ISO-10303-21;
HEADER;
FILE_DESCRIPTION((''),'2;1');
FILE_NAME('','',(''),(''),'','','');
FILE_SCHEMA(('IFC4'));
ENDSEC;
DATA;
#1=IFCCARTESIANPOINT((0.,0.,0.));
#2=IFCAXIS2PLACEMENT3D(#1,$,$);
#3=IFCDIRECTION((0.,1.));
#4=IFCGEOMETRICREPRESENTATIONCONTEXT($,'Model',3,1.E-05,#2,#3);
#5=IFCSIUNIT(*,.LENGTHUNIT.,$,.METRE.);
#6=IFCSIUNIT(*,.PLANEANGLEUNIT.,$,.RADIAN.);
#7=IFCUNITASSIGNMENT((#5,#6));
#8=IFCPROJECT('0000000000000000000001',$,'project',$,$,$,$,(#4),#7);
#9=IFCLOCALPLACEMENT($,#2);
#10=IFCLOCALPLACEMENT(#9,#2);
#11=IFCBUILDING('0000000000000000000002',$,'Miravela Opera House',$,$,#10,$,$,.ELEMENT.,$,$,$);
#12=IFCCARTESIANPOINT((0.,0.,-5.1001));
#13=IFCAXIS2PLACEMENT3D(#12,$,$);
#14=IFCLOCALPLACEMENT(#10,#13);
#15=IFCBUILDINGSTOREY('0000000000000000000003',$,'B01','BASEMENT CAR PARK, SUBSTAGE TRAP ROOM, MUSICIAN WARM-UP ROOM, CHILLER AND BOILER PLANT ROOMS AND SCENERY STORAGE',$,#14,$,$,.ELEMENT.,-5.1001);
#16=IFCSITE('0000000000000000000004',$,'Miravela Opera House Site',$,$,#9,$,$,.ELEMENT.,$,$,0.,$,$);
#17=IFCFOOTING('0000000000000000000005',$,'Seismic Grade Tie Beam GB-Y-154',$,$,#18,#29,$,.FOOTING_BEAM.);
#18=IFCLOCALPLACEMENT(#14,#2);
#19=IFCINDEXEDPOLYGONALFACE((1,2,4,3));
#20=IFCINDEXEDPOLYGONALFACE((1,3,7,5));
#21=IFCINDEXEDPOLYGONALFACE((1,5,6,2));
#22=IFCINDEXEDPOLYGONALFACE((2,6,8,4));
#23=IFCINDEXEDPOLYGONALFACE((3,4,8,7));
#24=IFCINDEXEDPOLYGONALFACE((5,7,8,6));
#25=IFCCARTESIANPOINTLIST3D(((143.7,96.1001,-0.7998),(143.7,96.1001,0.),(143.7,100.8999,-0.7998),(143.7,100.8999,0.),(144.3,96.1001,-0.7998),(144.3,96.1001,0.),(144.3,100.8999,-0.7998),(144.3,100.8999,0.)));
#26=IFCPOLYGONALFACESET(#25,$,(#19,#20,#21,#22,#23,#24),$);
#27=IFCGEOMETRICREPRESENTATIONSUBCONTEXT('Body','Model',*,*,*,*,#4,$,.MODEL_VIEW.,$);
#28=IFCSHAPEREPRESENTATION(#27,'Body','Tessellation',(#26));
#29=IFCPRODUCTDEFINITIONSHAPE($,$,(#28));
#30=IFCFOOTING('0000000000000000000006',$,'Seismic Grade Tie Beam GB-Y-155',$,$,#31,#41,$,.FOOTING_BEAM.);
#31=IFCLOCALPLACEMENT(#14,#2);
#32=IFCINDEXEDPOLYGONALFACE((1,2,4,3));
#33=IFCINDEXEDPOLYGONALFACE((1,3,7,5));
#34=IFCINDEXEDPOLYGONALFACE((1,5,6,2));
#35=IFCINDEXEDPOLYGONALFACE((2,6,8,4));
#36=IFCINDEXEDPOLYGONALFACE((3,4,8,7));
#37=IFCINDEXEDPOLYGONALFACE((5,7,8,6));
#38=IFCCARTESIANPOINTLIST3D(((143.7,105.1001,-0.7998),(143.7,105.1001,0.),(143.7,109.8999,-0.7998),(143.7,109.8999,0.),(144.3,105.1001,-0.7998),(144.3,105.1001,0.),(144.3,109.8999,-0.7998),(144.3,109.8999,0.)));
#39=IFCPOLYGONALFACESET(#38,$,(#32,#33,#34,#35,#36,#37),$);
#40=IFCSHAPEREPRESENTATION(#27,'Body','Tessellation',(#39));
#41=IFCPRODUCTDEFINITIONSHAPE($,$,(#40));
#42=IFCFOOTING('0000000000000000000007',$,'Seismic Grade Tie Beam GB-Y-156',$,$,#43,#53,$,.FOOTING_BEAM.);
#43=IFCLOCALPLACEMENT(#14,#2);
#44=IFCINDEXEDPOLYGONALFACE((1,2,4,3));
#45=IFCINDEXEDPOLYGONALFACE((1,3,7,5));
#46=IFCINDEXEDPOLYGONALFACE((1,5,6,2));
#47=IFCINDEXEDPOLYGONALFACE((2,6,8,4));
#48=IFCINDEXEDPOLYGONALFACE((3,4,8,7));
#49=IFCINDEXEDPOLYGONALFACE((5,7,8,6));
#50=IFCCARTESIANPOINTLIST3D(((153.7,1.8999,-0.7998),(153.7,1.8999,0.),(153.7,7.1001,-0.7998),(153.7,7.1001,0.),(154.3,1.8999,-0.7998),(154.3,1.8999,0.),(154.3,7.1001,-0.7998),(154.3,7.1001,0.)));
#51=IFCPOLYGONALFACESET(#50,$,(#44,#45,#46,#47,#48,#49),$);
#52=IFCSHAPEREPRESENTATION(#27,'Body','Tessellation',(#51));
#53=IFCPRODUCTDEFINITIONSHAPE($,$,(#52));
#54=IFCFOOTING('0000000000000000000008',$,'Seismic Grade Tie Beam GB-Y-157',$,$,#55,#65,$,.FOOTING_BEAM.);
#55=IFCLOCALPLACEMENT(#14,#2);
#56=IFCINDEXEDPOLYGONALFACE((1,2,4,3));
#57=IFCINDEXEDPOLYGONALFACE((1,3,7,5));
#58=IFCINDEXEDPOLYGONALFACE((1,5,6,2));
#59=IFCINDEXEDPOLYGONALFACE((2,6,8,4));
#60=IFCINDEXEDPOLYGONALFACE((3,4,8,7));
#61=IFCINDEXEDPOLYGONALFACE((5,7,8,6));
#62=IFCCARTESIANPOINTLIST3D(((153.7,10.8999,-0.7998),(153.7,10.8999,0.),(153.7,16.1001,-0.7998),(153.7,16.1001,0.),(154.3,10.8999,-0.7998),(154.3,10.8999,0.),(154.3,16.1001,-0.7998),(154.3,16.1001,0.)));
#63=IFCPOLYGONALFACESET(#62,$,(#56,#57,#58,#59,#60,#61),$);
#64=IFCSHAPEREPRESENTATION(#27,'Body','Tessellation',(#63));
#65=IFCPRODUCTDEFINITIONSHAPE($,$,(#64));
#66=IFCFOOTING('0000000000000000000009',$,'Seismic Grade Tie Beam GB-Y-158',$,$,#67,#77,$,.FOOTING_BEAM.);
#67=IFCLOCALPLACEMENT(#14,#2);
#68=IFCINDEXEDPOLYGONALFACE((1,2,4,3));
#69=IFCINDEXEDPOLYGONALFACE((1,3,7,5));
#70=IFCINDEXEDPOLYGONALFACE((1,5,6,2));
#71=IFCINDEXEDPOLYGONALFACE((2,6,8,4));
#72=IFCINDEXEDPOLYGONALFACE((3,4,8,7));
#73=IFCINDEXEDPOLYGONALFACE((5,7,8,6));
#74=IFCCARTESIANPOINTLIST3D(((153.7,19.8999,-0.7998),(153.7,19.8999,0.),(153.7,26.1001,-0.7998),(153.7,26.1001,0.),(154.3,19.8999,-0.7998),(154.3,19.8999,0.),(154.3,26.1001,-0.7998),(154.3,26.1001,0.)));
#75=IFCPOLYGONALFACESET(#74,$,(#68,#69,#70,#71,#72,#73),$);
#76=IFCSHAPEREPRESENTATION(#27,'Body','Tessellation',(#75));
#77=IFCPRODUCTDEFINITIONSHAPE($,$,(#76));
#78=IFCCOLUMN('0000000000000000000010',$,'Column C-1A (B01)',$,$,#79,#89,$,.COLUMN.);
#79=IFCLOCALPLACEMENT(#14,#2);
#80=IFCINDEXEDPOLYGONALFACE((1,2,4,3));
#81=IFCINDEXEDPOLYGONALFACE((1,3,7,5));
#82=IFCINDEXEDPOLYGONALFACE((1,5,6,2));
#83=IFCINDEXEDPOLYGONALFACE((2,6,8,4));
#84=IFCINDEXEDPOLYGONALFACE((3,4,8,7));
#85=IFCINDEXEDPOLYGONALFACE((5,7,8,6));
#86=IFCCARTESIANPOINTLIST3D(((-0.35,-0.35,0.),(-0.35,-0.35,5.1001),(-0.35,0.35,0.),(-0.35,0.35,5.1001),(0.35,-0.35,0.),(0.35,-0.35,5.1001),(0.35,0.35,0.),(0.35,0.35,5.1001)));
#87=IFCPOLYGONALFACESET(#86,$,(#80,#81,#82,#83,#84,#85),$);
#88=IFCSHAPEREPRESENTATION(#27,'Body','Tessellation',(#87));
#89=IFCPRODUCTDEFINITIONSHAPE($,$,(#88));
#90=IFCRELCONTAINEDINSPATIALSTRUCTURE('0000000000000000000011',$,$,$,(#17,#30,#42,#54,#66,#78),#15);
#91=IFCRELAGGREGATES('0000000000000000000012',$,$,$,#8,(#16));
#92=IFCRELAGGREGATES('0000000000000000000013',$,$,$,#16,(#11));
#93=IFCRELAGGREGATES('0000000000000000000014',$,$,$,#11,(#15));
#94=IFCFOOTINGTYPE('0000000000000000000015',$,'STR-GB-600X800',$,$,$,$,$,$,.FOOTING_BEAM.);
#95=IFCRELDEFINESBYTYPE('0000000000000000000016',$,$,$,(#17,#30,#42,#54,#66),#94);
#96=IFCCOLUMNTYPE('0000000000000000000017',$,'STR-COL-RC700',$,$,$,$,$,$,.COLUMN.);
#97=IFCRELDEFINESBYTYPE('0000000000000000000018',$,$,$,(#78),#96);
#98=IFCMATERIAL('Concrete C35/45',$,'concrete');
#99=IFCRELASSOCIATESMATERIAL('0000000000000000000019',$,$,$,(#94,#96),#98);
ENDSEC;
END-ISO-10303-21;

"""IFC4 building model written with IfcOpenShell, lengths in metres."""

from ifc_helpers import new_model, si_unit, direction, frame, origin, origin_with_axes, origin_2d, place, context, subcontext, project, spatial, polyline, rectangle, outline, extrude, material, material_profile, profile_set, type_object, element, save


model = new_model("IFC4")

# Units and contexts
model_context = context("Model", 3, precision=1e-05, world=origin(), true_north=direction((0.0, 1.0)))
body_context = subcontext(model_context, "Body", "Model", "MODEL_VIEW")
ifc_project = project(units=[si_unit("LENGTHUNIT", "METRE"), si_unit("PLANEANGLEUNIT", "RADIAN")], contexts=[model_context])

# Site, building, storey
site_placement = place(None, origin())
site = spatial("IfcSite", under=ifc_project, at=site_placement, Name="Miravela Opera House Site", CompositionType="ELEMENT", RefElevation=0.0)
building_placement = place(site_placement, origin())
building = spatial("IfcBuilding", under=site, at=building_placement, Name="Miravela Opera House", CompositionType="ELEMENT")
storey_placement = place(building_placement, frame((0.0, 0.0, -5.1001)))
storey = spatial("IfcBuildingStorey", under=building, at=storey_placement, Name="B01", Description="BASEMENT CAR PARK, SUBSTAGE TRAP ROOM, MUSICIAN WARM-UP ROOM, CHILLER AND BOILER PLANT ROOMS AND SCENERY STORAGE", CompositionType="ELEMENT", Elevation=-5.1001)

# Footings
ifc_material = material(Name="Concrete C35/45", Category="concrete")
footing_type = type_object("IfcFootingType", Name="STR-GB-600X800", PredefinedType="FOOTING_BEAM", material=ifc_material)
footing_1_placement = place(storey_placement, frame((0.0, 0.0, -0.7998)))
element("IfcFooting", 1, at=footing_1_placement, inside=storey, type_object=footing_type, Name="Seismic Grade Tie Beam GB-Y-154", PredefinedType="FOOTING_BEAM", context=body_context, shape_type="SweptSolid", body=[
    extrude(outline(polyline([(143.7, 96.1001), (144.3, 96.1001), (144.3, 100.8999), (143.7, 100.8999), (143.7, 96.1001)])), origin(), (0.0, 0.0, 1.0), 0.7998),
])
footing_2_placement = place(storey_placement, frame((0.0, 0.0, -0.7998)))
element("IfcFooting", 2, at=footing_2_placement, inside=storey, type_object=footing_type, Name="Seismic Grade Tie Beam GB-Y-155", PredefinedType="FOOTING_BEAM", context=body_context, shape_type="SweptSolid", body=[
    extrude(outline(polyline([(143.7, 105.1001), (144.3, 105.1001), (144.3, 109.8999), (143.7, 109.8999), (143.7, 105.1001)])), origin(), (0.0, 0.0, 1.0), 0.7998),
])
footing_3_placement = place(storey_placement, frame((0.0, 0.0, -0.7998)))
element("IfcFooting", 3, at=footing_3_placement, inside=storey, type_object=footing_type, Name="Seismic Grade Tie Beam GB-Y-156", PredefinedType="FOOTING_BEAM", context=body_context, shape_type="SweptSolid", body=[
    extrude(outline(polyline([(153.7, 1.8999), (154.3, 1.8999), (154.3, 7.1001), (153.7, 7.1001), (153.7, 1.8999)])), origin(), (0.0, 0.0, 1.0), 0.7998),
])
footing_4_placement = place(storey_placement, frame((0.0, 0.0, -0.7998)))
element("IfcFooting", 4, at=footing_4_placement, inside=storey, type_object=footing_type, Name="Seismic Grade Tie Beam GB-Y-157", PredefinedType="FOOTING_BEAM", context=body_context, shape_type="SweptSolid", body=[
    extrude(outline(polyline([(153.7, 10.8999), (154.3, 10.8999), (154.3, 16.1001), (153.7, 16.1001), (153.7, 10.8999)])), origin(), (0.0, 0.0, 1.0), 0.7998),
])
footing_5_placement = place(storey_placement, frame((0.0, 0.0, -0.7998)))
element("IfcFooting", 5, at=footing_5_placement, inside=storey, type_object=footing_type, Name="Seismic Grade Tie Beam GB-Y-158", PredefinedType="FOOTING_BEAM", context=body_context, shape_type="SweptSolid", body=[
    extrude(outline(polyline([(153.7, 19.8999), (154.3, 19.8999), (154.3, 26.1001), (153.7, 26.1001), (153.7, 19.8999)])), origin(), (0.0, 0.0, 1.0), 0.7998),
])

# Column
ifc_material_profile = material_profile(ifc_material, rectangle(XDim=0.7, YDim=0.7, at=origin_2d()), Name="RC-COL-700X700")
ifc_profile_set = profile_set([ifc_material_profile])
column_type = type_object("IfcColumnType", Name="STR-COL-RC700", PredefinedType="COLUMN", material=ifc_profile_set)
column_placement = place(storey_placement, origin_with_axes())
element("IfcColumn", 6, at=column_placement, inside=storey, type_object=column_type, Name="Column C-1A (B01)", PredefinedType="COLUMN", context=body_context, shape_type="SweptSolid", body=[
    extrude(rectangle(XDim=0.7, YDim=0.7, at=origin_2d()), origin(), (0.0, 0.0, 1.0), 5.1001),
])

save(model, "model.ifc")
